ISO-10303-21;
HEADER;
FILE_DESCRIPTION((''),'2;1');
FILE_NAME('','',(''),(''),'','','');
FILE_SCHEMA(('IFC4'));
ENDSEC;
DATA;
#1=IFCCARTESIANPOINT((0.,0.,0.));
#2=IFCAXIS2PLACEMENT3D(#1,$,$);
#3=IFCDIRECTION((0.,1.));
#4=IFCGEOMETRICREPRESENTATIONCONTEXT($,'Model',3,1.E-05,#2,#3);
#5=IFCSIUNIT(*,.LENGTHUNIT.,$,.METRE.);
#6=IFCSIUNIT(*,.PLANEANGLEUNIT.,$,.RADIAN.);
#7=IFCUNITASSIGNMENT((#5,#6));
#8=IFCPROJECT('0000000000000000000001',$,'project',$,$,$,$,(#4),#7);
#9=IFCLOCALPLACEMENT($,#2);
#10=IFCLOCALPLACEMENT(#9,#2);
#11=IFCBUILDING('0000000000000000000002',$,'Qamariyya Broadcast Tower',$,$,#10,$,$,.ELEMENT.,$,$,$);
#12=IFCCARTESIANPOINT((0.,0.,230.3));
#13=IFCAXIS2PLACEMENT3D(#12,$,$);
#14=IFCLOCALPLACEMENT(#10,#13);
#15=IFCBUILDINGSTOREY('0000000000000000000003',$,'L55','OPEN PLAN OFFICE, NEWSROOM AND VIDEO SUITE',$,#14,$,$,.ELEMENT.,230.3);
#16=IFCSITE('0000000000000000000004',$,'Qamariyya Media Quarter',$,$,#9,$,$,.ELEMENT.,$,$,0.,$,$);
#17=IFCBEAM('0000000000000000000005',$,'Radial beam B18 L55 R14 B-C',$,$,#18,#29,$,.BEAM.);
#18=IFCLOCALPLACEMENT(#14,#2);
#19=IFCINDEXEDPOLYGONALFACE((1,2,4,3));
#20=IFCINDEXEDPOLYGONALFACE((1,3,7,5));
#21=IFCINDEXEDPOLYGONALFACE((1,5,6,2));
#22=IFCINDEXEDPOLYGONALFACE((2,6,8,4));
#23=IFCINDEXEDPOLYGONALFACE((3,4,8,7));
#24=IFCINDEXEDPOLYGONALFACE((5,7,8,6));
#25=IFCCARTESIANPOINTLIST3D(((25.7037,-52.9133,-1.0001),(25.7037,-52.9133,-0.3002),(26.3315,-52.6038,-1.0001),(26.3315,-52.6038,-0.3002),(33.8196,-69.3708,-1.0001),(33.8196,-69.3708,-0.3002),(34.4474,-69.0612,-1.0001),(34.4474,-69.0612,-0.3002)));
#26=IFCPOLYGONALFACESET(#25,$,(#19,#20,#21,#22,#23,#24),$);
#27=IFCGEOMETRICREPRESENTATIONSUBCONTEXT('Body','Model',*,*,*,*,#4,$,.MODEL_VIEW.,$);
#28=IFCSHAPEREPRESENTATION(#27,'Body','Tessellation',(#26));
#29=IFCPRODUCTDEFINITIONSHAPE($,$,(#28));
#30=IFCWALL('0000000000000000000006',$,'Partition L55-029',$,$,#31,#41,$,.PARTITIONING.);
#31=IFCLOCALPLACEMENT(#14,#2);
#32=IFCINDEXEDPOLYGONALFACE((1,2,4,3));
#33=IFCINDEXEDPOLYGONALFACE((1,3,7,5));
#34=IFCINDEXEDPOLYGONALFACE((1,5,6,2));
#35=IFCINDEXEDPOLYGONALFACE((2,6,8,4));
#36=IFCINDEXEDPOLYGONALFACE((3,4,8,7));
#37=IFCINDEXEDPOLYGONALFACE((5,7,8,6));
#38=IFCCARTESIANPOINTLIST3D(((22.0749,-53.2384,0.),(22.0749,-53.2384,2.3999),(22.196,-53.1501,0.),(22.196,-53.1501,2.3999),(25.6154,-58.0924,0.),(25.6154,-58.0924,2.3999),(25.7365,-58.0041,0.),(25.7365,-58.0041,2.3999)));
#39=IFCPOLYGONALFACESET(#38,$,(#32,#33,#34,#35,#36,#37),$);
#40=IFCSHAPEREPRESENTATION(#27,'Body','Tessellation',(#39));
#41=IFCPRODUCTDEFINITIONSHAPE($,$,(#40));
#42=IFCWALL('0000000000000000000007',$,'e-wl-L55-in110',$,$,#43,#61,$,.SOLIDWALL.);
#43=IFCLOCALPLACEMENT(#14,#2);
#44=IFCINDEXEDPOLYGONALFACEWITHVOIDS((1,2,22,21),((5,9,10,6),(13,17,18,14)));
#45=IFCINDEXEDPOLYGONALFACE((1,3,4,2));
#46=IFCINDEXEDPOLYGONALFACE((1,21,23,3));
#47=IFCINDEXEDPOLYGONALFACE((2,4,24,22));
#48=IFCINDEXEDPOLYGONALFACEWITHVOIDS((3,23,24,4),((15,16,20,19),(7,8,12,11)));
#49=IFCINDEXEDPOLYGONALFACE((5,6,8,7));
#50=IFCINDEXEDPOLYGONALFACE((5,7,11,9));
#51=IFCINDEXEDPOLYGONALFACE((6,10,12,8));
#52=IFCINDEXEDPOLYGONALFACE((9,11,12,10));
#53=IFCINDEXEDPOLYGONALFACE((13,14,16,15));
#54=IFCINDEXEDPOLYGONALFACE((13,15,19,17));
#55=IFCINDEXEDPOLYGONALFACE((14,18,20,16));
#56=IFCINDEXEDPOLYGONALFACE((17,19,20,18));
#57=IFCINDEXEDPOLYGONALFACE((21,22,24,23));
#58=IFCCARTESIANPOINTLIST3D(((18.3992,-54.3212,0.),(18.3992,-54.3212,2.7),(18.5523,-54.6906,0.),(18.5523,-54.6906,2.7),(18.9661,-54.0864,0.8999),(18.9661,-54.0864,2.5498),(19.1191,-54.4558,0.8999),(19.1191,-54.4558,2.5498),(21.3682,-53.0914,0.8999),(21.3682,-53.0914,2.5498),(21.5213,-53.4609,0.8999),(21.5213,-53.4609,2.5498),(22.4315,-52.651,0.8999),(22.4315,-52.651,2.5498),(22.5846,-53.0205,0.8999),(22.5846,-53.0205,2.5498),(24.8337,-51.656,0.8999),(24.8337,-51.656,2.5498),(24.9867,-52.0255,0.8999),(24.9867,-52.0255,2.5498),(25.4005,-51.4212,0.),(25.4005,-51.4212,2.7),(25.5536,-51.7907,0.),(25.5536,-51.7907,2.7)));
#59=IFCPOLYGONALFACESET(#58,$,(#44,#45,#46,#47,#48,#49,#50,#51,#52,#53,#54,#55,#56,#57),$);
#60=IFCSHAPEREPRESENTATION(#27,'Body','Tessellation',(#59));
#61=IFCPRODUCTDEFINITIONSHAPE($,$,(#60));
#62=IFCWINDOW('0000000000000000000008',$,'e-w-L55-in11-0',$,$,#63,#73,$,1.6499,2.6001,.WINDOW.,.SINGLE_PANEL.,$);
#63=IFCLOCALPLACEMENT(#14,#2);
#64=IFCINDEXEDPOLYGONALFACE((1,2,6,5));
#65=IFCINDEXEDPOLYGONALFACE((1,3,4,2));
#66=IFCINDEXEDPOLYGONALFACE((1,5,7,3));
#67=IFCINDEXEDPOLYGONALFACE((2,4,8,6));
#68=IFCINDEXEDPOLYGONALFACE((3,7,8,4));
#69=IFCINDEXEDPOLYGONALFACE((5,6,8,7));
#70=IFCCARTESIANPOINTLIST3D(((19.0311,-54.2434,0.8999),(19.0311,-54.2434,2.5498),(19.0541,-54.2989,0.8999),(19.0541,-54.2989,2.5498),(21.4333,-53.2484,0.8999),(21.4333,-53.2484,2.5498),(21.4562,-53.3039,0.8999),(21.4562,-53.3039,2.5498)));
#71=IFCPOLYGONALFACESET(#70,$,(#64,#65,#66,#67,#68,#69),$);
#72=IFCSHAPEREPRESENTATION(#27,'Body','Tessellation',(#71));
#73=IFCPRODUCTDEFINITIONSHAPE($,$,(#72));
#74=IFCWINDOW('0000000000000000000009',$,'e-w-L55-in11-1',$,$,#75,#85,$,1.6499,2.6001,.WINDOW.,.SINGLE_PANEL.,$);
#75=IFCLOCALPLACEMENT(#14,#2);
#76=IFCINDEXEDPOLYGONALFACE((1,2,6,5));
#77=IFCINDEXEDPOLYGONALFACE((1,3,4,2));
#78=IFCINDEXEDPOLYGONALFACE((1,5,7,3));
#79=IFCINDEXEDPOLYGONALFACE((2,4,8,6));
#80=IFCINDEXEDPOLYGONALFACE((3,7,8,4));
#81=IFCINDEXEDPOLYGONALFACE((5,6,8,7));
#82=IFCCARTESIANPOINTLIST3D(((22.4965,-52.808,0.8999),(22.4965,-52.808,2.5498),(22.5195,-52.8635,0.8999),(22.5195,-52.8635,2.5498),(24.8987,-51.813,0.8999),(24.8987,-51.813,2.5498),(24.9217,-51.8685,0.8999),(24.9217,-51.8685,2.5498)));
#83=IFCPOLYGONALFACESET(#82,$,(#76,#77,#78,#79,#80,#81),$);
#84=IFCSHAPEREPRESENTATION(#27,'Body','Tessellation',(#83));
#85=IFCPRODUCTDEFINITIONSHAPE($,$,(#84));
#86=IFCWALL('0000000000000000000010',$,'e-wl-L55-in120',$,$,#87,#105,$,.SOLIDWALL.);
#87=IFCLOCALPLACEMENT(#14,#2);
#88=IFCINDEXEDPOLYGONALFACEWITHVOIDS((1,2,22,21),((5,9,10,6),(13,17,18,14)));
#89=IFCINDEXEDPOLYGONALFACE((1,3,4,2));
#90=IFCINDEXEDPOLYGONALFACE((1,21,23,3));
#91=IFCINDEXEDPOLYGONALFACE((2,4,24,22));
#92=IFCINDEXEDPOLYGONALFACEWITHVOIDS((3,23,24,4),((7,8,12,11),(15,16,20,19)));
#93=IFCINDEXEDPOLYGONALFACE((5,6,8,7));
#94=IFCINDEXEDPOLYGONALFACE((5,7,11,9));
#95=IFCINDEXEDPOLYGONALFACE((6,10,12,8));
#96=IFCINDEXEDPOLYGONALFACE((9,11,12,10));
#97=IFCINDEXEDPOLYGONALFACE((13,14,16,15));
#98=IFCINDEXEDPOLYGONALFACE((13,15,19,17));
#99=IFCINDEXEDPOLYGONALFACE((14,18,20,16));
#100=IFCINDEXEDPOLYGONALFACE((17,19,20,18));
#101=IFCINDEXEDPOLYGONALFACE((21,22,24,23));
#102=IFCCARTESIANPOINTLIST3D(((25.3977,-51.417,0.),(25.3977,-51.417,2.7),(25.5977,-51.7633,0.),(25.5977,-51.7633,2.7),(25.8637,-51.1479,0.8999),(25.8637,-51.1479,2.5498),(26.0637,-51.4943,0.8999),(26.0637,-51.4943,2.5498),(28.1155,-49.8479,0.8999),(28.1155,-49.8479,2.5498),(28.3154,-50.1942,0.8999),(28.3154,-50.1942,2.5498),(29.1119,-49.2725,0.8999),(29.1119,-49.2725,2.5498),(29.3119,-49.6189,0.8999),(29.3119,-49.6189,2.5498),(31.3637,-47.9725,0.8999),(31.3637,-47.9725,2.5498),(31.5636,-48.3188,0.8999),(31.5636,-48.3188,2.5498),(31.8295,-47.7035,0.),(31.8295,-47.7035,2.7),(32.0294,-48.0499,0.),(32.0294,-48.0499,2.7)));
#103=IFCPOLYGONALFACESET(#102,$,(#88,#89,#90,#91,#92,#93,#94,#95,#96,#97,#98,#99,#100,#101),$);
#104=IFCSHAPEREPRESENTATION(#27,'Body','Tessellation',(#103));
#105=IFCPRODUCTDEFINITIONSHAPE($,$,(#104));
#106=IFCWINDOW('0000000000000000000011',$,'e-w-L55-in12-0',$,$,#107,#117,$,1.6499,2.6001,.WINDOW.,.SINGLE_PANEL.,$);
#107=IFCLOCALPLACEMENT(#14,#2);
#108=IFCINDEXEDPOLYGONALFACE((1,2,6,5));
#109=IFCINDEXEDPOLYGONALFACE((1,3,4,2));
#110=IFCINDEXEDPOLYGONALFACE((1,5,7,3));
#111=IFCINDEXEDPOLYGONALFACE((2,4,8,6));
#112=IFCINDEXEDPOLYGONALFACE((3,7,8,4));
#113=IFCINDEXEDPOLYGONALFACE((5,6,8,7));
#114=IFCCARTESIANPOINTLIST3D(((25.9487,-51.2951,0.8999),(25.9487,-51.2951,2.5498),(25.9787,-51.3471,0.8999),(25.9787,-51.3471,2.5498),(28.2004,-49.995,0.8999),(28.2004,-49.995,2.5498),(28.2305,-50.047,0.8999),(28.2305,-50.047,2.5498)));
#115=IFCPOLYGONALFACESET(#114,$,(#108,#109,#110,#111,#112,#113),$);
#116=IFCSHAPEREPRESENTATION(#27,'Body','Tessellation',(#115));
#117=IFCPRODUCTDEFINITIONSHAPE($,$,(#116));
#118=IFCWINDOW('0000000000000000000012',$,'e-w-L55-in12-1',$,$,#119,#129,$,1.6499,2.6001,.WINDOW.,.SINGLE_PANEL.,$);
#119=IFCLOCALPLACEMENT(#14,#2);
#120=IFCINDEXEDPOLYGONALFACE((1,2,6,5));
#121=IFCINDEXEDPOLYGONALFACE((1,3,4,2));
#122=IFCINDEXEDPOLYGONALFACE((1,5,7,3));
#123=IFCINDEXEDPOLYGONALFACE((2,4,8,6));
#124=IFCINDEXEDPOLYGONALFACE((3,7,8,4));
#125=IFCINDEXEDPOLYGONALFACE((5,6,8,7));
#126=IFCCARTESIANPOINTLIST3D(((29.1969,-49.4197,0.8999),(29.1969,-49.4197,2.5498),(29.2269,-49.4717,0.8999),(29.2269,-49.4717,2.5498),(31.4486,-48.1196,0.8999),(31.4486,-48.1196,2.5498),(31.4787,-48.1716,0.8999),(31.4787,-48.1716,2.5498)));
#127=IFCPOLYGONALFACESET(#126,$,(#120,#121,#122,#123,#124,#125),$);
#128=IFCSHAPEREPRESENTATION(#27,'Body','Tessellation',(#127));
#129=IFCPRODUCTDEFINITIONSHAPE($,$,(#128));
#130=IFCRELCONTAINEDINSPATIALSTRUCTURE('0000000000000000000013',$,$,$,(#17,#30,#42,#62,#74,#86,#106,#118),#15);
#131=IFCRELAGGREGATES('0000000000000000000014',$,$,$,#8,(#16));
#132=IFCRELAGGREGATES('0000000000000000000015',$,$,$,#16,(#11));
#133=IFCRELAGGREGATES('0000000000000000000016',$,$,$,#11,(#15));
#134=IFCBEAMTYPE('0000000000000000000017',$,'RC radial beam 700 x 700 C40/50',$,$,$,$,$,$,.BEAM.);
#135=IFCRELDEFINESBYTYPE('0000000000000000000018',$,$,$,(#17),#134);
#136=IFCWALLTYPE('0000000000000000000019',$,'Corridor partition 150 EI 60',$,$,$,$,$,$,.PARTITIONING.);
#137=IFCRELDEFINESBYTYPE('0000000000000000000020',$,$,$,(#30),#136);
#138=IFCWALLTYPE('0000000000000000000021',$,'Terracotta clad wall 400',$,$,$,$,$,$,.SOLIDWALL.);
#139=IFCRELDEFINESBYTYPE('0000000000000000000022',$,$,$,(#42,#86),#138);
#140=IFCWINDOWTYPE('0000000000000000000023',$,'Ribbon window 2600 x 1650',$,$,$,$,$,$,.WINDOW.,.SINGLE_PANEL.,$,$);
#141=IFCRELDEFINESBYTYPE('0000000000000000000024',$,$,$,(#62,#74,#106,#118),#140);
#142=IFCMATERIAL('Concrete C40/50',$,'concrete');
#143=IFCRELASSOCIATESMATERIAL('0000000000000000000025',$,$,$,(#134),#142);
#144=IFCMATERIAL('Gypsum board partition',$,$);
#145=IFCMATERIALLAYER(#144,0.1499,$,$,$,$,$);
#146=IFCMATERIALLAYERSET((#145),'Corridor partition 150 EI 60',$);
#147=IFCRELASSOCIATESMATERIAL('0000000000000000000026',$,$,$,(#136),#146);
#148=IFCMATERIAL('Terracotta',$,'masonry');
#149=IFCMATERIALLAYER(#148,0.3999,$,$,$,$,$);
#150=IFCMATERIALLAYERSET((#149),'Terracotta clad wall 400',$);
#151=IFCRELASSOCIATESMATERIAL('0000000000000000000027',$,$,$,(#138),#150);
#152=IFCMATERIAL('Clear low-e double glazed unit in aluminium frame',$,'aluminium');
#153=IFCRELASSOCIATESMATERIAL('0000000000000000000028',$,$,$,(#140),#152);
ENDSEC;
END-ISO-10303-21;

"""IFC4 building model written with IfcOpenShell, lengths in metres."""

from ifc_helpers import new_model, si_unit, direction, frame, frame_2d, origin, origin_2d, place, context, subcontext, project, spatial, rectangle, extrude, material, layer, layer_set, material_profile, profile_set, type_object, element, fill, save


model = new_model("IFC4")

# Units and contexts
model_context = context("Model", 3, precision=1e-05, world=origin(), true_north=direction((0.0, 1.0)))
body_context = subcontext(model_context, "Body", "Model", "MODEL_VIEW")
ifc_project = project(units=[si_unit("LENGTHUNIT", "METRE"), si_unit("PLANEANGLEUNIT", "RADIAN")], contexts=[model_context])

# Site, building, storey
site_placement = place(None, origin())
site = spatial("IfcSite", under=ifc_project, at=site_placement, Name="Qamariyya Media Quarter", CompositionType="ELEMENT", RefElevation=0.0)
building_placement = place(site_placement, origin())
building = spatial("IfcBuilding", under=site, at=building_placement, Name="Qamariyya Broadcast Tower", CompositionType="ELEMENT")
storey_placement = place(building_placement, frame((0.0, 0.0, 230.3)))
storey = spatial("IfcBuildingStorey", under=building, at=storey_placement, Name="L55", Description="OPEN PLAN OFFICE, NEWSROOM AND VIDEO SUITE", CompositionType="ELEMENT", Elevation=230.3)

# Beam
ifc_material_1 = material(Name="Concrete C40/50", Category="concrete")
ifc_material_profile_1 = material_profile(ifc_material_1, rectangle(XDim=0.7, YDim=0.7, at=origin_2d()))
ifc_profile_set_1 = profile_set([ifc_material_profile_1], Name="Concrete C40/50")
beam_type_1 = type_object("IfcBeamType", Name="RC radial beam 700 x 700 C40/50", PredefinedType="BEAM", material=ifc_profile_set_1)
beam_1_placement = place(storey_placement, frame((26.0176, -52.7585, -0.6501), z_axis=(0.442289, -0.896872, 0.0), x_axis=(0.896872, 0.442289, 0.0)))
element("IfcBeam", 1, at=beam_1_placement, inside=storey, type_object=beam_type_1, Name="Radial beam B18 L55 R14 B-C", PredefinedType="BEAM", context=body_context, shape_type="SweptSolid", body=[
    extrude(rectangle(XDim=0.7, YDim=0.7, at=origin_2d()), origin(), (0.0, 0.0, 1.0), 18.3499),
])

# Wall
ifc_material_2 = material(Name="Gypsum board partition")
ifc_layer_1 = layer(ifc_material_2, 0.1499)
ifc_layer_set_1 = layer_set([ifc_layer_1], Name="Corridor partition 150 EI 60")
wall_type_1 = type_object("IfcWallType", Name="Corridor partition 150 EI 60", PredefinedType="PARTITIONING", material=ifc_layer_set_1)
wall_1_placement = place(storey_placement, frame((22.1355, -53.1943, 0.0), z_axis=(0.0, 0.0, 1.0), x_axis=(0.589297, -0.807916, 0.0)))
element("IfcWall", 2, at=wall_1_placement, inside=storey, type_object=wall_type_1, Name="Partition L55-029", PredefinedType="PARTITIONING", context=body_context, shape_type="SweptSolid", body=[
    extrude(rectangle(XDim=6.0081, YDim=0.1499, at=frame_2d((3.0039, 0.0))), origin(), (0.0, 0.0, 1.0), 2.3999),
])

# Walls, openings, windows
ifc_material_3 = material(Name="Terracotta", Category="masonry")
ifc_layer_2 = layer(ifc_material_3, 0.3999)
ifc_layer_set_2 = layer_set([ifc_layer_2], Name="Terracotta clad wall 400")
wall_type_2 = type_object("IfcWallType", Name="Terracotta clad wall 400", PredefinedType="SOLIDWALL", material=ifc_layer_set_2)
wall_2_placement = place(storey_placement, frame((25.4771, -51.606, 0.0), z_axis=(0.0, 0.0, 1.0), x_axis=(-0.923884, -0.382672, 0.0)))
wall_2 = element("IfcWall", 3, at=wall_2_placement, inside=storey, type_object=wall_type_2, Name="e-wl-L55-in110", PredefinedType="SOLIDWALL", context=body_context, shape_type="SweptSolid", body=[
    extrude(rectangle(XDim=7.5781, YDim=0.3999, at=frame_2d((3.7891, 0.0))), origin(), (0.0, 0.0, 1.0), 2.7),
])
opening_1_placement = place(wall_2_placement, frame((4.3645, 0.0, 0.8999)))
opening_1 = element("IfcOpeningElement", 4, at=opening_1_placement, cuts=wall_2, PredefinedType="OPENING", context=body_context, shape_type="SweptSolid", body=[
    extrude(rectangle(XDim=2.6001, YDim=1.6499, at=frame_2d((1.3, 0.825))), frame((0.0, 0.21, 0.0), z_axis=(0.0, -1.0, 0.0), x_axis=(1.0, 0.0, 0.0)), (0.0, 0.0, 1.0), 0.4199),
])
opening_2_placement = place(wall_2_placement, frame((0.6135, 0.0, 0.8999)))
opening_2 = element("IfcOpeningElement", 5, at=opening_2_placement, cuts=wall_2, PredefinedType="OPENING", context=body_context, shape_type="SweptSolid", body=[
    extrude(rectangle(XDim=2.6001, YDim=1.6499, at=frame_2d((1.3, 0.825))), frame((0.0, 0.21, 0.0), z_axis=(0.0, -1.0, 0.0), x_axis=(1.0, 0.0, 0.0)), (0.0, 0.0, 1.0), 0.4199),
])
ifc_material_4 = material(Name="Clear low-e double glazed unit in aluminium frame", Category="aluminium")
window_type = type_object("IfcWindowType", Name="Ribbon window 2600 x 1650", PartitioningType="SINGLE_PANEL", PredefinedType="WINDOW", material=ifc_material_4)
window_1_placement = place(opening_1_placement, origin())
window_1 = element("IfcWindow", 6, at=window_1_placement, inside=storey, type_object=window_type, Name="e-w-L55-in11-0", OverallHeight=1.6499, OverallWidth=2.6001, PartitioningType="SINGLE_PANEL", PredefinedType="WINDOW", context=body_context, shape_type="SweptSolid", body=[
    extrude(rectangle(XDim=2.6001, YDim=1.6499, at=frame_2d((1.3, 0.825))), frame((0.0, 0.03, 0.0), z_axis=(0.0, -1.0, 0.0), x_axis=(1.0, 0.0, 0.0)), (0.0, 0.0, 1.0), 0.0601),
])
fill(opening_1, window_1)
window_2_placement = place(opening_2_placement, origin())
window_2 = element("IfcWindow", 7, at=window_2_placement, inside=storey, type_object=window_type, Name="e-w-L55-in11-1", OverallHeight=1.6499, OverallWidth=2.6001, PartitioningType="SINGLE_PANEL", PredefinedType="WINDOW", context=body_context, shape_type="SweptSolid", body=[
    extrude(rectangle(XDim=2.6001, YDim=1.6499, at=frame_2d((1.3, 0.825))), frame((0.0, 0.03, 0.0), z_axis=(0.0, -1.0, 0.0), x_axis=(1.0, 0.0, 0.0)), (0.0, 0.0, 1.0), 0.0601),
])
fill(opening_2, window_2)
wall_3_placement = place(storey_placement, frame((31.9294, -47.8767, 0.0), z_axis=(0.0, 0.0, 1.0), x_axis=(-0.866021, -0.500007, 0.0)))
wall_3 = element("IfcWall", 8, at=wall_3_placement, inside=storey, type_object=wall_type_2, Name="e-wl-L55-in120", PredefinedType="SOLIDWALL", context=body_context, shape_type="SweptSolid", body=[
    extrude(rectangle(XDim=7.4268, YDim=0.3999, at=frame_2d((3.7134, 0.0))), origin(), (0.0, 0.0, 1.0), 2.7),
])
opening_3_placement = place(wall_3_placement, frame((4.2886, 0.0, 0.8999)))
opening_3 = element("IfcOpeningElement", 9, at=opening_3_placement, cuts=wall_3, PredefinedType="OPENING", context=body_context, shape_type="SweptSolid", body=[
    extrude(rectangle(XDim=2.6001, YDim=1.6499, at=frame_2d((1.3, 0.825))), frame((0.0, 0.21, 0.0), z_axis=(0.0, -1.0, 0.0), x_axis=(1.0, 0.0, 0.0)), (0.0, 0.0, 1.0), 0.4199),
])
opening_4_placement = place(wall_3_placement, frame((0.5378, 0.0, 0.8999)))
opening_4 = element("IfcOpeningElement", 10, at=opening_4_placement, cuts=wall_3, PredefinedType="OPENING", context=body_context, shape_type="SweptSolid", body=[
    extrude(rectangle(XDim=2.6001, YDim=1.6499, at=frame_2d((1.3, 0.825))), frame((0.0, 0.21, 0.0), z_axis=(0.0, -1.0, 0.0), x_axis=(1.0, 0.0, 0.0)), (0.0, 0.0, 1.0), 0.4199),
])
window_3_placement = place(opening_3_placement, origin())
window_3 = element("IfcWindow", 11, at=window_3_placement, inside=storey, type_object=window_type, Name="e-w-L55-in12-0", OverallHeight=1.6499, OverallWidth=2.6001, PartitioningType="SINGLE_PANEL", PredefinedType="WINDOW", context=body_context, shape_type="SweptSolid", body=[
    extrude(rectangle(XDim=2.6001, YDim=1.6499, at=frame_2d((1.3, 0.825))), frame((0.0, 0.03, 0.0), z_axis=(0.0, -1.0, 0.0), x_axis=(1.0, 0.0, 0.0)), (0.0, 0.0, 1.0), 0.0601),
])
fill(opening_3, window_3)
window_4_placement = place(opening_4_placement, origin())
window_4 = element("IfcWindow", 12, at=window_4_placement, inside=storey, type_object=window_type, Name="e-w-L55-in12-1", OverallHeight=1.6499, OverallWidth=2.6001, PartitioningType="SINGLE_PANEL", PredefinedType="WINDOW", context=body_context, shape_type="SweptSolid", body=[
    extrude(rectangle(XDim=2.6001, YDim=1.6499, at=frame_2d((1.3, 0.825))), frame((0.0, 0.03, 0.0), z_axis=(0.0, -1.0, 0.0), x_axis=(1.0, 0.0, 0.0)), (0.0, 0.0, 1.0), 0.0601),
])
fill(opening_4, window_4)

save(model, "model.ifc")
